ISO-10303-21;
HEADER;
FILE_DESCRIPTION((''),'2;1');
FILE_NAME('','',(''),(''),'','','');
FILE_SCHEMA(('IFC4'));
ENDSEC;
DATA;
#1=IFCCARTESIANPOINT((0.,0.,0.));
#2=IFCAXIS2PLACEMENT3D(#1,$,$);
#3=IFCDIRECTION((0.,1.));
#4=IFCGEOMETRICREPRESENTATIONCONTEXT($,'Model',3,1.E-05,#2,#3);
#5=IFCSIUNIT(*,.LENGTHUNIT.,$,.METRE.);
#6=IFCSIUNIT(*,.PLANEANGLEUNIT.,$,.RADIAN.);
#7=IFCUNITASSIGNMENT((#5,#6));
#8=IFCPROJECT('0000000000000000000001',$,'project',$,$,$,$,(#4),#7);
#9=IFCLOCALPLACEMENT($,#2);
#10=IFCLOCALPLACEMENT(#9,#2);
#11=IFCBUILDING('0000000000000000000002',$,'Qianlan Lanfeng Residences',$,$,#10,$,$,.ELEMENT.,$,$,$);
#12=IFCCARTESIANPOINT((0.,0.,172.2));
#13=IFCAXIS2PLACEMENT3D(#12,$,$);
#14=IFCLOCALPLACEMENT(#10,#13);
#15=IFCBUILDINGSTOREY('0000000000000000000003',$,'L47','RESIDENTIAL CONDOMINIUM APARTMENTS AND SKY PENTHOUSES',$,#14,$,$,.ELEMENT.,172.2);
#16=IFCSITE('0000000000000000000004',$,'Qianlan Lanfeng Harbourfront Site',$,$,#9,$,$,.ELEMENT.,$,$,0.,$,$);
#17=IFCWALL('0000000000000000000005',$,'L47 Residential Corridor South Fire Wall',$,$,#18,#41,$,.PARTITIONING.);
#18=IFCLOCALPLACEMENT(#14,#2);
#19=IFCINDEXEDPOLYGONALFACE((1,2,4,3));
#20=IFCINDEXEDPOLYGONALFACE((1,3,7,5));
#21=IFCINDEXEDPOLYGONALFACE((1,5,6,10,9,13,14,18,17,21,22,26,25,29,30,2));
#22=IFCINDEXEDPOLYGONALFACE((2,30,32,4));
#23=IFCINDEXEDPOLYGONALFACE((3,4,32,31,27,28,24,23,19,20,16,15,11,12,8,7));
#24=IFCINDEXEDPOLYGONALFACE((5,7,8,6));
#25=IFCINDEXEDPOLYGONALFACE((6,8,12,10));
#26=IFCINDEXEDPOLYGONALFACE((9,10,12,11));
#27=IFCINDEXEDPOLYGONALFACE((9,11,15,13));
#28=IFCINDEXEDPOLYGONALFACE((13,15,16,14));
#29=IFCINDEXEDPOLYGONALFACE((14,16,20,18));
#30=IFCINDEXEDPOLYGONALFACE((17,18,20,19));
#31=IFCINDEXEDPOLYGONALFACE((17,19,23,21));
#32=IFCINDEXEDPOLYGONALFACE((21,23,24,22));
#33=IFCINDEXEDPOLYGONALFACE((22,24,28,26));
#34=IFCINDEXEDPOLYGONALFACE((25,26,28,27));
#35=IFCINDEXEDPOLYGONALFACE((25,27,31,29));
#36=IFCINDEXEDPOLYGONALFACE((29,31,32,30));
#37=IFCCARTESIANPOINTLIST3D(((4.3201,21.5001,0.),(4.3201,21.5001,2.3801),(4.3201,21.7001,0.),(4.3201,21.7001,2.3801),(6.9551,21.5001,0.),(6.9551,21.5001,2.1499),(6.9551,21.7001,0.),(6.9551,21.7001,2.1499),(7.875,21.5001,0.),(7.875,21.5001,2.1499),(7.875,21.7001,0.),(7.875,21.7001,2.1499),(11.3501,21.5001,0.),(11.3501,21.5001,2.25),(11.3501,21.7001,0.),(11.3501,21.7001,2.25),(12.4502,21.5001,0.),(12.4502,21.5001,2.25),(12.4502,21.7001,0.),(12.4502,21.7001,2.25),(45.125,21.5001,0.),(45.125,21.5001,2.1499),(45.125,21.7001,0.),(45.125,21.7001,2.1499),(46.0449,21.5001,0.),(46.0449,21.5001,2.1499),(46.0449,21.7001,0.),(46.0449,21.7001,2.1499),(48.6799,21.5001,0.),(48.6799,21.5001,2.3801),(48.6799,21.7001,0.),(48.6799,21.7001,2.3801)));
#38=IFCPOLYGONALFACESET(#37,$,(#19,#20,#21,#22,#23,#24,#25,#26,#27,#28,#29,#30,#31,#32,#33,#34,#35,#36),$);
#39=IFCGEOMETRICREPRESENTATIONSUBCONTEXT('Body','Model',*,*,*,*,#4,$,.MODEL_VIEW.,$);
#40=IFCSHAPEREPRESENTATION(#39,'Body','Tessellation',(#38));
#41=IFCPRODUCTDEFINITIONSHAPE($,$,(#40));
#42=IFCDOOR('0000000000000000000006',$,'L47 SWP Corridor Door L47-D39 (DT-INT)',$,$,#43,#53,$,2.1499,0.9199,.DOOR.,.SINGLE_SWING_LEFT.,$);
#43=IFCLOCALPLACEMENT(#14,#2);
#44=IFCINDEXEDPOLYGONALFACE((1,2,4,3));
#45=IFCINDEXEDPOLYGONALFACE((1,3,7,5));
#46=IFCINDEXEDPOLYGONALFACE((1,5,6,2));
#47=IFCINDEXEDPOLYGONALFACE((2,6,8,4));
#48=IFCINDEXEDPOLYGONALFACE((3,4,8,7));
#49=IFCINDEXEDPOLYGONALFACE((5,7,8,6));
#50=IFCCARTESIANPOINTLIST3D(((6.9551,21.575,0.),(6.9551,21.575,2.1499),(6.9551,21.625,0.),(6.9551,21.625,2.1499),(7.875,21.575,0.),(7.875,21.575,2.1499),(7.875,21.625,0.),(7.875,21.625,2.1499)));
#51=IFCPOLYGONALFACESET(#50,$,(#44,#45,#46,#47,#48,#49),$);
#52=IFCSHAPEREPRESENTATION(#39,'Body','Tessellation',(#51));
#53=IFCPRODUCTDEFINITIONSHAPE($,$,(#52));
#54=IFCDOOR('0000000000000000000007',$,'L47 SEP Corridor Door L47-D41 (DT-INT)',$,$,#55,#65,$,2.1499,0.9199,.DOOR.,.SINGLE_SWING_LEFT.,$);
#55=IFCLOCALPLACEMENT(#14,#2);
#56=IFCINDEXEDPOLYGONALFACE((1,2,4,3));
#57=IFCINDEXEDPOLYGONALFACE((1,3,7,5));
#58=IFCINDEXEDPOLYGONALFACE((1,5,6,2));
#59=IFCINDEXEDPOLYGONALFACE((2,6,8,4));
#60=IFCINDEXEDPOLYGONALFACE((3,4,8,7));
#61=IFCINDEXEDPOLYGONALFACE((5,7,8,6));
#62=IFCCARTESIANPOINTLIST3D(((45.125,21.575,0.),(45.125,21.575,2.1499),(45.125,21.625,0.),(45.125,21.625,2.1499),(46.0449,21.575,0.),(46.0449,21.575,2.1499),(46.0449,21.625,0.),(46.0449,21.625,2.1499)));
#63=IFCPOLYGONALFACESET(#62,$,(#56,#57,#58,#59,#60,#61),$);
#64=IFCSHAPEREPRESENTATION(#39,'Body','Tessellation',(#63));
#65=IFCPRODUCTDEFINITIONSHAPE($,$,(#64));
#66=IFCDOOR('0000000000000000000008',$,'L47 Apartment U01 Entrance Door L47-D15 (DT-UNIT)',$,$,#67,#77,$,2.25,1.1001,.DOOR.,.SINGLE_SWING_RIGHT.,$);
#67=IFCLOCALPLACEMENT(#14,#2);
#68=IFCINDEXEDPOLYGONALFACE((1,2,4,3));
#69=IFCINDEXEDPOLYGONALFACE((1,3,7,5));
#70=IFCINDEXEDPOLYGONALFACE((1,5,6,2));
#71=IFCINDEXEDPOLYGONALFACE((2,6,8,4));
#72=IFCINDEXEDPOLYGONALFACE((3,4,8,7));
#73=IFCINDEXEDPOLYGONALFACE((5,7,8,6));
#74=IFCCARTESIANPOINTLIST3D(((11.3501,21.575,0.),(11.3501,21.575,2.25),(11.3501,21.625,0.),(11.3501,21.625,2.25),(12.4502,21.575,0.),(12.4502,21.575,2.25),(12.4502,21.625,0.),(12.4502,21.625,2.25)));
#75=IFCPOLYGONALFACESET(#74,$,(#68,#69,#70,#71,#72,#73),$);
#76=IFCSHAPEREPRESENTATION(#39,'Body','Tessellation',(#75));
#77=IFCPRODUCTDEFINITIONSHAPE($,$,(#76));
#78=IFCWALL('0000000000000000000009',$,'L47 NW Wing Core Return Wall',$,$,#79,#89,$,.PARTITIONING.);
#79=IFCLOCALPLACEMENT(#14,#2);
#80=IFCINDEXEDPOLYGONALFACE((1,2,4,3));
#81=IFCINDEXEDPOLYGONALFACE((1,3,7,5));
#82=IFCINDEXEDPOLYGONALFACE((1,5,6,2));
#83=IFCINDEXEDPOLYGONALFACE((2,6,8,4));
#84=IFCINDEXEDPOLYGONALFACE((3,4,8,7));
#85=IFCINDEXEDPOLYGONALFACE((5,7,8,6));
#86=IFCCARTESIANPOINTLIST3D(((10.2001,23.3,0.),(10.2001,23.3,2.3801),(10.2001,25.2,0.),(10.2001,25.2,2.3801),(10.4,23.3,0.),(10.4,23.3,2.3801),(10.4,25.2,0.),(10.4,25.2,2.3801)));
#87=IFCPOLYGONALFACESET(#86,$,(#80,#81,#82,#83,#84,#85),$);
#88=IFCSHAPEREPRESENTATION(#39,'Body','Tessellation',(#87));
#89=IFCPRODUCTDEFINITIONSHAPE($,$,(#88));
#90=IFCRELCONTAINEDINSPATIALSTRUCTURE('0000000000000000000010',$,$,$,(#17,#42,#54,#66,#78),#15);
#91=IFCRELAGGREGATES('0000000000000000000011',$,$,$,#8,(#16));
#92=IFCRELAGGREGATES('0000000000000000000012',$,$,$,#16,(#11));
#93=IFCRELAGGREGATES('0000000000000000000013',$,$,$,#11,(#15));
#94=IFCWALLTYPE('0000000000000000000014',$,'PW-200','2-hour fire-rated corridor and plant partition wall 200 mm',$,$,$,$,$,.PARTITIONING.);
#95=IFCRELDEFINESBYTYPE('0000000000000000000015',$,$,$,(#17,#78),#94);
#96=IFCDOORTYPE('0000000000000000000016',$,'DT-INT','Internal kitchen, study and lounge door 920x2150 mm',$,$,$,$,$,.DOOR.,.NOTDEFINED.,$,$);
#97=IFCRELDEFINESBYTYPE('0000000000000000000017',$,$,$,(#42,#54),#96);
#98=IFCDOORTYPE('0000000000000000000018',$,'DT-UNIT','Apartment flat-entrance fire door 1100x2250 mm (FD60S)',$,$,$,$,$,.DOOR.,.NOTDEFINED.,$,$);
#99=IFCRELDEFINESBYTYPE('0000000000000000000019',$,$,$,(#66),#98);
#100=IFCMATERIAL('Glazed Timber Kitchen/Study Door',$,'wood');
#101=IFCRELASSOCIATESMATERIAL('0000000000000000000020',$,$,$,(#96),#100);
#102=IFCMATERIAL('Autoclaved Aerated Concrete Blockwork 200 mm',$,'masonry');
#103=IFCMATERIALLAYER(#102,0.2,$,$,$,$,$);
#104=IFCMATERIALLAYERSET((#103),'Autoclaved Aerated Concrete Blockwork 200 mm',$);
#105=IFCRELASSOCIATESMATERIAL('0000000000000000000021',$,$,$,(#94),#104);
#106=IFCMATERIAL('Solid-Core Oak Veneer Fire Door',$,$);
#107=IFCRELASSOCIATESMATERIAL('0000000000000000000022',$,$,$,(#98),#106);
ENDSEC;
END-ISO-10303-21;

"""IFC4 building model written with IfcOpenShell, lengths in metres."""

from ifc_helpers import new_model, si_unit, direction, frame, frame_2d, origin, place, context, subcontext, project, spatial, rectangle, extrude, material, layer, layer_set, type_object, element, fill, save


model = new_model("IFC4")

# Units and contexts
model_context = context("Model", 3, precision=1e-05, world=origin(), true_north=direction((0.0, 1.0)))
body_context = subcontext(model_context, "Body", "Model", "MODEL_VIEW")
ifc_project = project(units=[si_unit("LENGTHUNIT", "METRE"), si_unit("PLANEANGLEUNIT", "RADIAN")], contexts=[model_context])

# Site, building, storey
site_placement = place(None, origin())
site = spatial("IfcSite", under=ifc_project, at=site_placement, Name="Qianlan Lanfeng Harbourfront Site", CompositionType="ELEMENT", RefElevation=0.0)
building_placement = place(site_placement, origin())
building = spatial("IfcBuilding", under=site, at=building_placement, Name="Qianlan Lanfeng Residences", CompositionType="ELEMENT")
storey_placement = place(building_placement, frame((0.0, 0.0, 172.2)))
storey = spatial("IfcBuildingStorey", under=building, at=storey_placement, Name="L47", Description="RESIDENTIAL CONDOMINIUM APARTMENTS AND SKY PENTHOUSES", CompositionType="ELEMENT", Elevation=172.2)

# Shared definitions
ifc_material_1 = material(Name="Glazed Timber Kitchen/Study Door", Category="wood")
door_type_1 = type_object("IfcDoorType", Name="DT-INT", Description="Internal kitchen, study and lounge door 920x2150 mm", OperationType="NOTDEFINED", PredefinedType="DOOR", material=ifc_material_1)

# Wall, openings, doors
ifc_material_2 = material(Name="Autoclaved Aerated Concrete Blockwork 200 mm", Category="masonry")
ifc_layer_1 = layer(ifc_material_2, 0.2)
ifc_layer_set_1 = layer_set([ifc_layer_1], Name="Autoclaved Aerated Concrete Blockwork 200 mm")
wall_type_1 = type_object("IfcWallType", Name="PW-200", Description="2-hour fire-rated corridor and plant partition wall 200 mm", PredefinedType="PARTITIONING", material=ifc_layer_set_1)
wall_1_placement = place(storey_placement, frame((4.3201, 21.6001, 0.0), z_axis=(0.0, 0.0, 1.0), x_axis=(1.0, 0.0, 0.0)))
wall_1 = element("IfcWall", 1, at=wall_1_placement, inside=storey, type_object=wall_type_1, Name="L47 Residential Corridor South Fire Wall", PredefinedType="PARTITIONING", context=body_context, shape_type="SweptSolid", body=[
    extrude(rectangle(XDim=44.3599, YDim=0.2, at=frame_2d((22.1799, 0.0))), origin(), (0.0, 0.0, 1.0), 2.3801),
])
opening_1_placement = place(wall_1_placement, frame((7.03, 0.0, 0.0)))
opening_1 = element("IfcOpeningElement", 2, at=opening_1_placement, cuts=wall_1, PredefinedType="OPENING", context=body_context, shape_type="SweptSolid", body=[
    extrude(rectangle(XDim=1.1001, YDim=2.25, at=frame_2d((0.55, 1.125))), frame((0.0, 0.1099, 0.0), z_axis=(0.0, -1.0, 0.0), x_axis=(1.0, 0.0, 0.0)), (0.0, 0.0, 1.0), 0.22),
])
opening_2_placement = place(wall_1_placement, frame((2.635, 0.0, 0.0)))
opening_2 = element("IfcOpeningElement", 3, at=opening_2_placement, cuts=wall_1, PredefinedType="OPENING", context=body_context, shape_type="SweptSolid", body=[
    extrude(rectangle(XDim=0.9199, YDim=2.1499, at=frame_2d((0.46, 1.075))), frame((0.0, 0.1099, 0.0), z_axis=(0.0, -1.0, 0.0), x_axis=(1.0, 0.0, 0.0)), (0.0, 0.0, 1.0), 0.22),
])
opening_3_placement = place(wall_1_placement, frame((40.8049, 0.0, 0.0)))
opening_3 = element("IfcOpeningElement", 4, at=opening_3_placement, cuts=wall_1, PredefinedType="OPENING", context=body_context, shape_type="SweptSolid", body=[
    extrude(rectangle(XDim=0.9199, YDim=2.1499, at=frame_2d((0.46, 1.075))), frame((0.0, 0.1099, 0.0), z_axis=(0.0, -1.0, 0.0), x_axis=(1.0, 0.0, 0.0)), (0.0, 0.0, 1.0), 0.22),
])
door_1_placement = place(opening_2_placement, origin())
door_1 = element("IfcDoor", 5, at=door_1_placement, inside=storey, type_object=door_type_1, Name="L47 SWP Corridor Door L47-D39 (DT-INT)", OperationType="SINGLE_SWING_LEFT", OverallHeight=2.1499, OverallWidth=0.9199, PredefinedType="DOOR", context=body_context, shape_type="SweptSolid", body=[
    extrude(rectangle(XDim=0.9199, YDim=2.1499, at=frame_2d((0.46, 1.075))), frame((0.0, 0.0249, 0.0), z_axis=(0.0, -1.0, 0.0), x_axis=(1.0, 0.0, 0.0)), (0.0, 0.0, 1.0), 0.05),
])
fill(opening_2, door_1)
door_2_placement = place(opening_3_placement, origin())
door_2 = element("IfcDoor", 6, at=door_2_placement, inside=storey, type_object=door_type_1, Name="L47 SEP Corridor Door L47-D41 (DT-INT)", OperationType="SINGLE_SWING_LEFT", OverallHeight=2.1499, OverallWidth=0.9199, PredefinedType="DOOR", context=body_context, shape_type="SweptSolid", body=[
    extrude(rectangle(XDim=0.9199, YDim=2.1499, at=frame_2d((0.46, 1.075))), frame((0.0, 0.0249, 0.0), z_axis=(0.0, -1.0, 0.0), x_axis=(1.0, 0.0, 0.0)), (0.0, 0.0, 1.0), 0.05),
])
fill(opening_3, door_2)
ifc_material_3 = material(Name="Solid-Core Oak Veneer Fire Door")
door_type_2 = type_object("IfcDoorType", Name="DT-UNIT", Description="Apartment flat-entrance fire door 1100x2250 mm (FD60S)", OperationType="NOTDEFINED", PredefinedType="DOOR", material=ifc_material_3)
door_3_placement = place(opening_1_placement, origin())
door_3 = element("IfcDoor", 7, at=door_3_placement, inside=storey, type_object=door_type_2, Name="L47 Apartment U01 Entrance Door L47-D15 (DT-UNIT)", OperationType="SINGLE_SWING_RIGHT", OverallHeight=2.25, OverallWidth=1.1001, PredefinedType="DOOR", context=body_context, shape_type="SweptSolid", body=[
    extrude(rectangle(XDim=1.1001, YDim=2.25, at=frame_2d((0.55, 1.125))), frame((0.0, 0.0249, 0.0), z_axis=(0.0, -1.0, 0.0), x_axis=(1.0, 0.0, 0.0)), (0.0, 0.0, 1.0), 0.05),
])
fill(opening_1, door_3)

# Wall
wall_2_placement = place(storey_placement, frame((10.3, 23.3, 0.0), z_axis=(0.0, 0.0, 1.0), x_axis=(0.0, 1.0, 0.0)))
element("IfcWall", 8, at=wall_2_placement, inside=storey, type_object=wall_type_1, Name="L47 NW Wing Core Return Wall", PredefinedType="PARTITIONING", context=body_context, shape_type="SweptSolid", body=[
    extrude(rectangle(XDim=1.8999, YDim=0.2, at=frame_2d((0.95, 0.0))), origin(), (0.0, 0.0, 1.0), 2.3801),
])

save(model, "model.ifc")
